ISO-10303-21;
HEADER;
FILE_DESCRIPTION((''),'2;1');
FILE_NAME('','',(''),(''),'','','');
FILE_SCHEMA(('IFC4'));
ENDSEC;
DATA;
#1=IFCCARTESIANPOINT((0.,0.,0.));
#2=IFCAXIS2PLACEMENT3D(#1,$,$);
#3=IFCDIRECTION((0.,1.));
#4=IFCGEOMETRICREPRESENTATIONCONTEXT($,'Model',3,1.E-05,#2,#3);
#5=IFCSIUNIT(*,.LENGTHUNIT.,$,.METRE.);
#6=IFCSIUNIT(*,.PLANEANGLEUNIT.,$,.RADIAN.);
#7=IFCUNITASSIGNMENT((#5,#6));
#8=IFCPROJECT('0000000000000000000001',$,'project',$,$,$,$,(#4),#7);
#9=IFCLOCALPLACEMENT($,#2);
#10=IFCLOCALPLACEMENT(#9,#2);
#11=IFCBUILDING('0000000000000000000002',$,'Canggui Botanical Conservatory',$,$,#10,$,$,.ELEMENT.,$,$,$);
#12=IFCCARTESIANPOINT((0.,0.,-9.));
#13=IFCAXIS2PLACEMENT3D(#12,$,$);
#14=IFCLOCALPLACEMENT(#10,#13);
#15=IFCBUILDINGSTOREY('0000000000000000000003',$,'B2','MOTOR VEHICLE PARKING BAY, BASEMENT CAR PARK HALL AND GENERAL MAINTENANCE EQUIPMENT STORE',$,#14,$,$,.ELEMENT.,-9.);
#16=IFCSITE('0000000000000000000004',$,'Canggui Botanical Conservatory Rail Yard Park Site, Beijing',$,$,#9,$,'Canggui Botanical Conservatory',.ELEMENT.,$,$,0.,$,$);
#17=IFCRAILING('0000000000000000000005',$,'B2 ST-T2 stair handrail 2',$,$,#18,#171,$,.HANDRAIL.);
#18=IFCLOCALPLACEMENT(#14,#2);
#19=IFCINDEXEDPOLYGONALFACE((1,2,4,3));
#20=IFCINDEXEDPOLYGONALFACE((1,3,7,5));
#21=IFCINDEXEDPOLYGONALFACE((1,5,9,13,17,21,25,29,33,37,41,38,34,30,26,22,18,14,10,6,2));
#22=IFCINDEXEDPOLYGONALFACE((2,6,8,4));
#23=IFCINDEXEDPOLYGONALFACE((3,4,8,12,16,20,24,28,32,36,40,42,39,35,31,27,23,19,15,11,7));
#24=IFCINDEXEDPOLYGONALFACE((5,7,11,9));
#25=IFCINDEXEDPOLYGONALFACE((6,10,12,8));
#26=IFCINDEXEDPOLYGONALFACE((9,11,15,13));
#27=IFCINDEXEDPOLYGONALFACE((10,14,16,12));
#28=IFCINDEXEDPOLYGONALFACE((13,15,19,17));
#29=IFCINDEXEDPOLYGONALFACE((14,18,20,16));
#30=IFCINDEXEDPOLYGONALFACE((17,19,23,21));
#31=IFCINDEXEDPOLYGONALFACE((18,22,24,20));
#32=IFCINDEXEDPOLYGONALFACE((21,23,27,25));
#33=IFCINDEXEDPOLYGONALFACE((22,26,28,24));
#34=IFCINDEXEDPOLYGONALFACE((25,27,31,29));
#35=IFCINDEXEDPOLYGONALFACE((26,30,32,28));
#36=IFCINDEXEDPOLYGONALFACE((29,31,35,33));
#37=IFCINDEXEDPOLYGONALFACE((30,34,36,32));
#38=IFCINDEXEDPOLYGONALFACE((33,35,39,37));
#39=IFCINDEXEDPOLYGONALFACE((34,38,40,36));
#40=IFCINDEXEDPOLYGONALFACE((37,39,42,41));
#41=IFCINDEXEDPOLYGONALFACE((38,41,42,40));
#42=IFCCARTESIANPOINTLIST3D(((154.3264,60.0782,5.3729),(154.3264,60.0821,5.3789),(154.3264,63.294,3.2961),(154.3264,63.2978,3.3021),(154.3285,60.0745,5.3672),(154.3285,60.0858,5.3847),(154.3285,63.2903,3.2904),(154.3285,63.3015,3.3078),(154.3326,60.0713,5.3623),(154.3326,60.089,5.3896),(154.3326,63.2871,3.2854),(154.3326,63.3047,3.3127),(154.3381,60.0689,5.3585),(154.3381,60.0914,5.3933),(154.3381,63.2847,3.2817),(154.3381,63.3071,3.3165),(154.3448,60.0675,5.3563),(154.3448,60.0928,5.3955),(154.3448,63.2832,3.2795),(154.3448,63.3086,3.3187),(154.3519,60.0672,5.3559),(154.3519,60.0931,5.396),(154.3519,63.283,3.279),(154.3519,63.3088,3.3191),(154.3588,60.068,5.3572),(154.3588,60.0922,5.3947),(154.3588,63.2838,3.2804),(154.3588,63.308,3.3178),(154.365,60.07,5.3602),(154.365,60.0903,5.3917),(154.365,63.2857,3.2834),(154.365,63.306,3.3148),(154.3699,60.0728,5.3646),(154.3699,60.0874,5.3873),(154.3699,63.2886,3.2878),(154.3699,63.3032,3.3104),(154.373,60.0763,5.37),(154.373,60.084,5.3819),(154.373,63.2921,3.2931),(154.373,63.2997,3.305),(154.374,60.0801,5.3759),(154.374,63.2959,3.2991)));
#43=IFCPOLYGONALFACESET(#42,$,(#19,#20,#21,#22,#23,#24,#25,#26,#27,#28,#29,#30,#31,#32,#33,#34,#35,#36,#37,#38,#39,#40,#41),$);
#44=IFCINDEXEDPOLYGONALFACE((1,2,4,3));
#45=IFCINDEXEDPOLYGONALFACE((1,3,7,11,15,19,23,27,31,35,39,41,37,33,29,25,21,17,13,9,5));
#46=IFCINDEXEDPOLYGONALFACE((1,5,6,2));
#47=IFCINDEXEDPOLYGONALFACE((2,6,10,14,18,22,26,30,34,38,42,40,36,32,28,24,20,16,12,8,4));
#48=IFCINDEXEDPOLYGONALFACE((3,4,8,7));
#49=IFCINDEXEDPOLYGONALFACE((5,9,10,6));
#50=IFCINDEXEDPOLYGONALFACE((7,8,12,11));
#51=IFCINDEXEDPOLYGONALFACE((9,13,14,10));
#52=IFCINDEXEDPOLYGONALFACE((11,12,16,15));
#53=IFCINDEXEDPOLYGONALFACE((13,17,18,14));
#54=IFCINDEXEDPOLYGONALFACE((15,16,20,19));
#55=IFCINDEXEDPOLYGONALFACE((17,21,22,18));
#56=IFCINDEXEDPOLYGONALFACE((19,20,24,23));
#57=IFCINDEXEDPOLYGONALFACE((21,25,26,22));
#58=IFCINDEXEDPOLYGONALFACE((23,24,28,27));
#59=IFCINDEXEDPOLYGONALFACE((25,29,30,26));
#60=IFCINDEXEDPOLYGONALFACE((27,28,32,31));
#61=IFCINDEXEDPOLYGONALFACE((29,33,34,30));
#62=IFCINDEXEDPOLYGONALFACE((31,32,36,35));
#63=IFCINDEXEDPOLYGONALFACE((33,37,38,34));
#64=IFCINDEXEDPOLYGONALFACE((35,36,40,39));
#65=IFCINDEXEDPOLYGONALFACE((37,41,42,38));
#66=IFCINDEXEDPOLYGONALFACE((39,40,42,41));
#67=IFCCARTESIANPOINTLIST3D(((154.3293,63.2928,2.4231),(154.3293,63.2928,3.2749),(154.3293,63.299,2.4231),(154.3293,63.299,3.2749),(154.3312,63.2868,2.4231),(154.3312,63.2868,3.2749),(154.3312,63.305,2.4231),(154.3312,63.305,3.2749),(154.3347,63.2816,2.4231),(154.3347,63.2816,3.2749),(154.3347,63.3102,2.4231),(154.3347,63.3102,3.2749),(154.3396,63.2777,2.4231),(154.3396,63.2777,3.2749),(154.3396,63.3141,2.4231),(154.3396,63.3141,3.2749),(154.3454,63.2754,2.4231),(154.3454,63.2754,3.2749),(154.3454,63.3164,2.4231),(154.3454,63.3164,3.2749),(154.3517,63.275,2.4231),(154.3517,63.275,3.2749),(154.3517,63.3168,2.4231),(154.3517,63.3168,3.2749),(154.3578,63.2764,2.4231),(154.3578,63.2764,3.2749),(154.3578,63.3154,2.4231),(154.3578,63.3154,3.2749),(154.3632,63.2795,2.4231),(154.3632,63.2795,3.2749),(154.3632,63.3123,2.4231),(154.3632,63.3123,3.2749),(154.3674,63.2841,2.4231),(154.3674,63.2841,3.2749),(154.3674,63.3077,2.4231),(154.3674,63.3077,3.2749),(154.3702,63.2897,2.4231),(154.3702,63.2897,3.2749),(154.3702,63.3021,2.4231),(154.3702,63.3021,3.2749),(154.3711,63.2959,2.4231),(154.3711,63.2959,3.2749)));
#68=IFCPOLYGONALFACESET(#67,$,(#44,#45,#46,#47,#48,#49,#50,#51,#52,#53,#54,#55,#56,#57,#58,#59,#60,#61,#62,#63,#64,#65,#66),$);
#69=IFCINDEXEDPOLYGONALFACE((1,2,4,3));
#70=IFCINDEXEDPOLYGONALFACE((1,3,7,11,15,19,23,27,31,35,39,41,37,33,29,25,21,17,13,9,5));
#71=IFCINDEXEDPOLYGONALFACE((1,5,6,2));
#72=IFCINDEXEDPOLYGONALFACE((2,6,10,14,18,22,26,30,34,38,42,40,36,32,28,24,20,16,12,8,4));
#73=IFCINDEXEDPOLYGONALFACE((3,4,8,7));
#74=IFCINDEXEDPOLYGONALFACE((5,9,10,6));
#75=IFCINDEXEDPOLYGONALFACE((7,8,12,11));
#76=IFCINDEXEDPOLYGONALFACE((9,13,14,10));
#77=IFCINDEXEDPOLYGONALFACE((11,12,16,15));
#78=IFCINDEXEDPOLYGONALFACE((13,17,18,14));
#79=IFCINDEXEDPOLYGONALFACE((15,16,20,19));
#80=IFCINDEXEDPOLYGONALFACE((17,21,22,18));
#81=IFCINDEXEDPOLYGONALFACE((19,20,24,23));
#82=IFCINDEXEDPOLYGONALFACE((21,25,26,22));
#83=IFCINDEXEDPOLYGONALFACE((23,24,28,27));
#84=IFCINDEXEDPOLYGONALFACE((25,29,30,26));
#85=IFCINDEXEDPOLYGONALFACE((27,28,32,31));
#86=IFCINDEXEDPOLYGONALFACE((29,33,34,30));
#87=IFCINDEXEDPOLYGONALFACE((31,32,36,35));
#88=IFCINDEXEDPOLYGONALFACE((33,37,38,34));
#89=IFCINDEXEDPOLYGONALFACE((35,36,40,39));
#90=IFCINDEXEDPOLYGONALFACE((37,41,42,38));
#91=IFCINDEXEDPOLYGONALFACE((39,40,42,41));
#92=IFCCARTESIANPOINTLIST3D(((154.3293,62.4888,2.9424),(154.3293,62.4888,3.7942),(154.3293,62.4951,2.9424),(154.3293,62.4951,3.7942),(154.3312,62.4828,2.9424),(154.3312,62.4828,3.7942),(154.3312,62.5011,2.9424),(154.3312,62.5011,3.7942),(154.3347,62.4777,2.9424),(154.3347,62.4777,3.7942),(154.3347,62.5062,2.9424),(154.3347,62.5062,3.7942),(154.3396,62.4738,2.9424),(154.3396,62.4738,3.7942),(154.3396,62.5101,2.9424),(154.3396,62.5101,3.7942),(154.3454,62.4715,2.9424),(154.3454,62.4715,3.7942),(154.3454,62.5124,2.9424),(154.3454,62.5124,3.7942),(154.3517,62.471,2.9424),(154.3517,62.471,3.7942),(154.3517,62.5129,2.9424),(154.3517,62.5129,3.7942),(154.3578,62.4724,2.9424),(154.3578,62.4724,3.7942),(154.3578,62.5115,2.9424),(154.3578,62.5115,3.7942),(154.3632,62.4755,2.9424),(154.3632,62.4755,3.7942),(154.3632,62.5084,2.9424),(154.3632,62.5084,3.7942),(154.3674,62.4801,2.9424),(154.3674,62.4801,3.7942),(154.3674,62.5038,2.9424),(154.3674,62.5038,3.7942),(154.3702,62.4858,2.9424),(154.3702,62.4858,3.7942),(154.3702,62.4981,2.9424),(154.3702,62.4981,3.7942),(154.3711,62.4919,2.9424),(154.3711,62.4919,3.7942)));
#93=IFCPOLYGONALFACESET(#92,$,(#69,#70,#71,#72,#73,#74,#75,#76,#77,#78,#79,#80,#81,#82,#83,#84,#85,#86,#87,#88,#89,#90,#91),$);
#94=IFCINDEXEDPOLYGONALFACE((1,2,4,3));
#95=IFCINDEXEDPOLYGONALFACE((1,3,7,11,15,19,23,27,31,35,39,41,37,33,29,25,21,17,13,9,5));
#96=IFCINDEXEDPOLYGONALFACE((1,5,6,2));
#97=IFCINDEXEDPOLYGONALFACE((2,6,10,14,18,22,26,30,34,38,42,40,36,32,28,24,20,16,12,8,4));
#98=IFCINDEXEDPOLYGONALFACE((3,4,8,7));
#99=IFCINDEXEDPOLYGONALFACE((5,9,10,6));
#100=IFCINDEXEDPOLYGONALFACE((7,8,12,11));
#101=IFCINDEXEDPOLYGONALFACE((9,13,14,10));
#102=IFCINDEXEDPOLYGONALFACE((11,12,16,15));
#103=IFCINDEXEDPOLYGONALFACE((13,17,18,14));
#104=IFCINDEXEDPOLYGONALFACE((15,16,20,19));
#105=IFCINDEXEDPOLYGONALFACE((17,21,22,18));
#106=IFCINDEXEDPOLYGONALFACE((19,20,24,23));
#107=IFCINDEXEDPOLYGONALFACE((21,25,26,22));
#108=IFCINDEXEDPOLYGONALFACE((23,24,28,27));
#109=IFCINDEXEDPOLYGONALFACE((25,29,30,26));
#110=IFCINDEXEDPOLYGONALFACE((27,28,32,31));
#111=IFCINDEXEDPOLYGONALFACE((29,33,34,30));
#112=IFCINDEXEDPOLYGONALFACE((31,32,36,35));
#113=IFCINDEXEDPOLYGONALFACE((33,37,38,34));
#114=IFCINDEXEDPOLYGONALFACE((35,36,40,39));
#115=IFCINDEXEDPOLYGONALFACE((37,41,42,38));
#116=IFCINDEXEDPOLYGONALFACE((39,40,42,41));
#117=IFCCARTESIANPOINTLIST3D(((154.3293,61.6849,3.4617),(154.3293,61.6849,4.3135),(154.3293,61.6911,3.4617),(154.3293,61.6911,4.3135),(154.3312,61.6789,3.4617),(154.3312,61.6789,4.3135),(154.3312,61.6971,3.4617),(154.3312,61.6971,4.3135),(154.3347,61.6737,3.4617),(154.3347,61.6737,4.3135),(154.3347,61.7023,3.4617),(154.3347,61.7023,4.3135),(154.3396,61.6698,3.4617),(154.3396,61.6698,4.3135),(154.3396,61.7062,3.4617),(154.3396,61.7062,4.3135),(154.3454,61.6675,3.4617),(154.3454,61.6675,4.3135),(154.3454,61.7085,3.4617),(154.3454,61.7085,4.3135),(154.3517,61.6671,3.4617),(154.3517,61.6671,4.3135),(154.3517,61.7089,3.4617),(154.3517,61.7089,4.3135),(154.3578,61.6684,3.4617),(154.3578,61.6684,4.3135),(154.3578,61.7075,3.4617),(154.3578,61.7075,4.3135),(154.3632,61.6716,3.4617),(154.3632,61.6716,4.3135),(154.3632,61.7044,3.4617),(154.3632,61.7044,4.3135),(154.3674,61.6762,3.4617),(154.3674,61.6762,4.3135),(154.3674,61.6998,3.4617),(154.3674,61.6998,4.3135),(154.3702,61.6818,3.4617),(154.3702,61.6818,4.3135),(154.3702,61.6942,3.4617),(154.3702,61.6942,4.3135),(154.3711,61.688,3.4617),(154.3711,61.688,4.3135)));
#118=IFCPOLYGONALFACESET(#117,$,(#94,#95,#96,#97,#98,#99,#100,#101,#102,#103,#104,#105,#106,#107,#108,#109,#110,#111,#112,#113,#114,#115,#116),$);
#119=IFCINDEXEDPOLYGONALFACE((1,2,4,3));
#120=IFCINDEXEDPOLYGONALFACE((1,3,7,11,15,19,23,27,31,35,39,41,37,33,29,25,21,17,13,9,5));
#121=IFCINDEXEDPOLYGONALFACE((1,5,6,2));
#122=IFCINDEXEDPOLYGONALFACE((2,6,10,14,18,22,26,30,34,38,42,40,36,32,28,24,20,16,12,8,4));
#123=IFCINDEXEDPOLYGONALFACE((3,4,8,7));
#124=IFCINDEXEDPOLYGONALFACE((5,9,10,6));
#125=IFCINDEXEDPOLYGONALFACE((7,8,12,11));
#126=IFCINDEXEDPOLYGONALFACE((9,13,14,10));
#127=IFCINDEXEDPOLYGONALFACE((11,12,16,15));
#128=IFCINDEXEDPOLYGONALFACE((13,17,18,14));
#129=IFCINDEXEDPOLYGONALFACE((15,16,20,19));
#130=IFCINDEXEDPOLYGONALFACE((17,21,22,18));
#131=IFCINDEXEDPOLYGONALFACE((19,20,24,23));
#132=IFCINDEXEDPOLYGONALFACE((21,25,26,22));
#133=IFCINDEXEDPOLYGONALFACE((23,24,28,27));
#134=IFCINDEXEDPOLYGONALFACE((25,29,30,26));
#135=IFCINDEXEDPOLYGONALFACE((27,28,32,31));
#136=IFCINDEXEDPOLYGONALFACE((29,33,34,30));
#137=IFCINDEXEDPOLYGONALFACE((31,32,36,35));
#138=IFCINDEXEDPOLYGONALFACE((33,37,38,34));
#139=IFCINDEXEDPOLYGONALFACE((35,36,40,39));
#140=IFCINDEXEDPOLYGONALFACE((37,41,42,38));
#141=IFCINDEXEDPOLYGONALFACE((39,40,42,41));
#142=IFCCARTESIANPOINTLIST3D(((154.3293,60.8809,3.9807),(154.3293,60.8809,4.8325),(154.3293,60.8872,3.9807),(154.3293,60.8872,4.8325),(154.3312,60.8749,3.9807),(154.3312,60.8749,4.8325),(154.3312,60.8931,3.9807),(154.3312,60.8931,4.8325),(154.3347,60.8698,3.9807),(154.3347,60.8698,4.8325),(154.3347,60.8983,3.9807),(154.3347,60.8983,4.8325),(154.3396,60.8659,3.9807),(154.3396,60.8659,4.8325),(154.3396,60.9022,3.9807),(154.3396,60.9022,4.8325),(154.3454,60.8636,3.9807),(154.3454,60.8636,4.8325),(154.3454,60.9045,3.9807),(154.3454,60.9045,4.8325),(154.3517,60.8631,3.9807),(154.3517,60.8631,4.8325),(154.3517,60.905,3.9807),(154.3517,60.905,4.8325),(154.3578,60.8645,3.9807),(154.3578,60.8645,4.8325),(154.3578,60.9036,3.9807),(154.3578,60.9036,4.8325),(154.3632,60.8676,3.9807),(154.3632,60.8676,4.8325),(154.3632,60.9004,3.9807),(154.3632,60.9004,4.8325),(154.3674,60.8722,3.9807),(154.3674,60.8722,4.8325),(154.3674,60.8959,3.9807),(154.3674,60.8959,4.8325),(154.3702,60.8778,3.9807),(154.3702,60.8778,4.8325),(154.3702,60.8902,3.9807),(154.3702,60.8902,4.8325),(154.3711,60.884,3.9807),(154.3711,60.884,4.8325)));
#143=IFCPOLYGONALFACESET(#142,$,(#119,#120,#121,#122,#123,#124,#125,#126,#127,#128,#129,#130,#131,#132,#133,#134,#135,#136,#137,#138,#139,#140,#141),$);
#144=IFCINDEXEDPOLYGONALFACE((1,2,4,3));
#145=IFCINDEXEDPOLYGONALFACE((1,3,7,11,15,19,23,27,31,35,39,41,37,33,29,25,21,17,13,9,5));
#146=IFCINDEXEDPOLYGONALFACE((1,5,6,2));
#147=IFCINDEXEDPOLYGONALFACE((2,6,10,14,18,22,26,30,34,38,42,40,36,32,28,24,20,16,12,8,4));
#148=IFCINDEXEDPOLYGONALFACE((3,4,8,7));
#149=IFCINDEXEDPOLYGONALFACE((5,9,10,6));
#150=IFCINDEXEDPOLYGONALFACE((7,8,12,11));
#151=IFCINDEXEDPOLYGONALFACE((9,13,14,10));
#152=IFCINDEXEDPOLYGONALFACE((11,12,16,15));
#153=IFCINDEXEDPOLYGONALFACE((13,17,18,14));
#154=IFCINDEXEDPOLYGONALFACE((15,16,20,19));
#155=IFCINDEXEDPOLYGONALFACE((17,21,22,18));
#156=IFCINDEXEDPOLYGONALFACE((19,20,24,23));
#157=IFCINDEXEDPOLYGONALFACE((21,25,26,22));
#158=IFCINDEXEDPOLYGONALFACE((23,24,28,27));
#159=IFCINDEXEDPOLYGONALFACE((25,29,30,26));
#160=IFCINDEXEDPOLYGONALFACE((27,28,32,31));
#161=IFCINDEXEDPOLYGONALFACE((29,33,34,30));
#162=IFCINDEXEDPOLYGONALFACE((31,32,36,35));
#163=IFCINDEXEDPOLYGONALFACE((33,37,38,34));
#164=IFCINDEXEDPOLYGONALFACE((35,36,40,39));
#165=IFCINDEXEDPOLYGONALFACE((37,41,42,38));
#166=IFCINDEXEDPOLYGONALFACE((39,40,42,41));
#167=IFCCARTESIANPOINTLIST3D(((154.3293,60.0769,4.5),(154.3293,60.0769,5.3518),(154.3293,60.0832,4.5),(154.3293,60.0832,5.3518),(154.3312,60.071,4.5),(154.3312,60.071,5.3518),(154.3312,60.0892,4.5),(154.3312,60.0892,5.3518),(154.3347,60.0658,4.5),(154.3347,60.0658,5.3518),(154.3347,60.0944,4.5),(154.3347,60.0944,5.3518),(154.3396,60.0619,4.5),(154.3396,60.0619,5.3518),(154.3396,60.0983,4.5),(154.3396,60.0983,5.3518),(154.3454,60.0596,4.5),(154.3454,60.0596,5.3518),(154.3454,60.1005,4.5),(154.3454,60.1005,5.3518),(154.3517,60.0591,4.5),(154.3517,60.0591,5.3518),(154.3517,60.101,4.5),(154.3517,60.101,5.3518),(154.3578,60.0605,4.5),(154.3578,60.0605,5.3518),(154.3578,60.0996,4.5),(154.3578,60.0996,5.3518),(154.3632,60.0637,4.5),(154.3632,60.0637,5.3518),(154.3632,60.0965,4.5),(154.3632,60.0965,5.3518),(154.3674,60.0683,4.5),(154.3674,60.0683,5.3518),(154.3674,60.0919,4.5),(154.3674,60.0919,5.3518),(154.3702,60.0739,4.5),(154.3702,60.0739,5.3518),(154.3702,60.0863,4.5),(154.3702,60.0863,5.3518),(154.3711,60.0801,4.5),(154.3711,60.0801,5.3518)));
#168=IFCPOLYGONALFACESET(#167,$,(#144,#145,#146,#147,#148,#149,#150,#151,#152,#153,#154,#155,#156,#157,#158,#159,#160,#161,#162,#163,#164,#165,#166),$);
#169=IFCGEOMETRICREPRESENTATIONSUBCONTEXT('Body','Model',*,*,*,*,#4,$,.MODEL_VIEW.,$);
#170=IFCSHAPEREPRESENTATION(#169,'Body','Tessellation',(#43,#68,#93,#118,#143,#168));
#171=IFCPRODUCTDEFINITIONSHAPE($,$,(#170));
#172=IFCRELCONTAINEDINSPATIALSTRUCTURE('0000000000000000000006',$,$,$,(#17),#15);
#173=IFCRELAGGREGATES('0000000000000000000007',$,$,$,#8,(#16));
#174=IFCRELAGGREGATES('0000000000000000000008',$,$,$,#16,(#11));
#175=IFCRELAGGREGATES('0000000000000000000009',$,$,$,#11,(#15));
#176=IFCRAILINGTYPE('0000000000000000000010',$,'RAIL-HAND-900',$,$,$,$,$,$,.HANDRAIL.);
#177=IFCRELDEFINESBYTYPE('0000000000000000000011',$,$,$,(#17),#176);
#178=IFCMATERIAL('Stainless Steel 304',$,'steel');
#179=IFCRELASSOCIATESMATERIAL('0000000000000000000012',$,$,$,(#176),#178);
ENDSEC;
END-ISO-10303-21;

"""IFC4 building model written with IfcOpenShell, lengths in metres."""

from ifc_helpers import new_model, si_unit, direction, frame, origin, origin_2d, place, context, subcontext, project, spatial, circle, extrude, material, type_object, element, save


model = new_model("IFC4")

# Units and contexts
model_context = context("Model", 3, precision=1e-05, world=origin(), true_north=direction((0.0, 1.0)))
body_context = subcontext(model_context, "Body", "Model", "MODEL_VIEW")
ifc_project = project(units=[si_unit("LENGTHUNIT", "METRE"), si_unit("PLANEANGLEUNIT", "RADIAN")], contexts=[model_context])

# Site, building, storey
site_placement = place(None, origin())
site = spatial("IfcSite", under=ifc_project, at=site_placement, Name="Canggui Botanical Conservatory Rail Yard Park Site, Beijing", LongName="Canggui Botanical Conservatory", CompositionType="ELEMENT", RefElevation=0.0)
building_placement = place(site_placement, origin())
building = spatial("IfcBuilding", under=site, at=building_placement, Name="Canggui Botanical Conservatory", CompositionType="ELEMENT")
storey_placement = place(building_placement, frame((0.0, 0.0, -9.0)))
storey = spatial("IfcBuildingStorey", under=building, at=storey_placement, Name="B2", Description="MOTOR VEHICLE PARKING BAY, BASEMENT CAR PARK HALL AND GENERAL MAINTENANCE EQUIPMENT STORE", CompositionType="ELEMENT", Elevation=-9.0)

# Railing
ifc_material_1 = material(Name="Stainless Steel 304", Category="steel")
railing_type_1 = type_object("IfcRailingType", Name="RAIL-HAND-900", PredefinedType="HANDRAIL", material=ifc_material_1)
railing_1_placement = place(storey_placement, frame((154.3501, 63.2959, 2.4231)))
element("IfcRailing", 1, at=railing_1_placement, inside=storey, type_object=railing_type_1, Name="B2 ST-T2 stair handrail 2", PredefinedType="HANDRAIL", context=body_context, shape_type="SweptSolid", body=[
    extrude(circle(Radius=0.0239, at=origin_2d()), frame((0.0, 0.0, 0.876), z_axis=(0.0, -0.840037, 0.542529), x_axis=(1.0, 0.0, 0.0)), (0.0, 0.0, 1.0), 3.8281),
    extrude(circle(Radius=0.021, at=origin_2d()), origin(), (0.0, 0.0, 1.0), 0.8518),
    extrude(circle(Radius=0.021, at=origin_2d()), frame((0.0, -0.804, 0.5193)), (0.0, 0.0, 1.0), 0.8518),
    extrude(circle(Radius=0.021, at=origin_2d()), frame((0.0, -1.6079, 1.0386)), (0.0, 0.0, 1.0), 0.8518),
    extrude(circle(Radius=0.021, at=origin_2d()), frame((0.0, -2.4119, 1.5576)), (0.0, 0.0, 1.0), 0.8518),
    extrude(circle(Radius=0.021, at=origin_2d()), frame((0.0, -3.2158, 2.0769)), (0.0, 0.0, 1.0), 0.8518),
])

save(model, "model.ifc")
